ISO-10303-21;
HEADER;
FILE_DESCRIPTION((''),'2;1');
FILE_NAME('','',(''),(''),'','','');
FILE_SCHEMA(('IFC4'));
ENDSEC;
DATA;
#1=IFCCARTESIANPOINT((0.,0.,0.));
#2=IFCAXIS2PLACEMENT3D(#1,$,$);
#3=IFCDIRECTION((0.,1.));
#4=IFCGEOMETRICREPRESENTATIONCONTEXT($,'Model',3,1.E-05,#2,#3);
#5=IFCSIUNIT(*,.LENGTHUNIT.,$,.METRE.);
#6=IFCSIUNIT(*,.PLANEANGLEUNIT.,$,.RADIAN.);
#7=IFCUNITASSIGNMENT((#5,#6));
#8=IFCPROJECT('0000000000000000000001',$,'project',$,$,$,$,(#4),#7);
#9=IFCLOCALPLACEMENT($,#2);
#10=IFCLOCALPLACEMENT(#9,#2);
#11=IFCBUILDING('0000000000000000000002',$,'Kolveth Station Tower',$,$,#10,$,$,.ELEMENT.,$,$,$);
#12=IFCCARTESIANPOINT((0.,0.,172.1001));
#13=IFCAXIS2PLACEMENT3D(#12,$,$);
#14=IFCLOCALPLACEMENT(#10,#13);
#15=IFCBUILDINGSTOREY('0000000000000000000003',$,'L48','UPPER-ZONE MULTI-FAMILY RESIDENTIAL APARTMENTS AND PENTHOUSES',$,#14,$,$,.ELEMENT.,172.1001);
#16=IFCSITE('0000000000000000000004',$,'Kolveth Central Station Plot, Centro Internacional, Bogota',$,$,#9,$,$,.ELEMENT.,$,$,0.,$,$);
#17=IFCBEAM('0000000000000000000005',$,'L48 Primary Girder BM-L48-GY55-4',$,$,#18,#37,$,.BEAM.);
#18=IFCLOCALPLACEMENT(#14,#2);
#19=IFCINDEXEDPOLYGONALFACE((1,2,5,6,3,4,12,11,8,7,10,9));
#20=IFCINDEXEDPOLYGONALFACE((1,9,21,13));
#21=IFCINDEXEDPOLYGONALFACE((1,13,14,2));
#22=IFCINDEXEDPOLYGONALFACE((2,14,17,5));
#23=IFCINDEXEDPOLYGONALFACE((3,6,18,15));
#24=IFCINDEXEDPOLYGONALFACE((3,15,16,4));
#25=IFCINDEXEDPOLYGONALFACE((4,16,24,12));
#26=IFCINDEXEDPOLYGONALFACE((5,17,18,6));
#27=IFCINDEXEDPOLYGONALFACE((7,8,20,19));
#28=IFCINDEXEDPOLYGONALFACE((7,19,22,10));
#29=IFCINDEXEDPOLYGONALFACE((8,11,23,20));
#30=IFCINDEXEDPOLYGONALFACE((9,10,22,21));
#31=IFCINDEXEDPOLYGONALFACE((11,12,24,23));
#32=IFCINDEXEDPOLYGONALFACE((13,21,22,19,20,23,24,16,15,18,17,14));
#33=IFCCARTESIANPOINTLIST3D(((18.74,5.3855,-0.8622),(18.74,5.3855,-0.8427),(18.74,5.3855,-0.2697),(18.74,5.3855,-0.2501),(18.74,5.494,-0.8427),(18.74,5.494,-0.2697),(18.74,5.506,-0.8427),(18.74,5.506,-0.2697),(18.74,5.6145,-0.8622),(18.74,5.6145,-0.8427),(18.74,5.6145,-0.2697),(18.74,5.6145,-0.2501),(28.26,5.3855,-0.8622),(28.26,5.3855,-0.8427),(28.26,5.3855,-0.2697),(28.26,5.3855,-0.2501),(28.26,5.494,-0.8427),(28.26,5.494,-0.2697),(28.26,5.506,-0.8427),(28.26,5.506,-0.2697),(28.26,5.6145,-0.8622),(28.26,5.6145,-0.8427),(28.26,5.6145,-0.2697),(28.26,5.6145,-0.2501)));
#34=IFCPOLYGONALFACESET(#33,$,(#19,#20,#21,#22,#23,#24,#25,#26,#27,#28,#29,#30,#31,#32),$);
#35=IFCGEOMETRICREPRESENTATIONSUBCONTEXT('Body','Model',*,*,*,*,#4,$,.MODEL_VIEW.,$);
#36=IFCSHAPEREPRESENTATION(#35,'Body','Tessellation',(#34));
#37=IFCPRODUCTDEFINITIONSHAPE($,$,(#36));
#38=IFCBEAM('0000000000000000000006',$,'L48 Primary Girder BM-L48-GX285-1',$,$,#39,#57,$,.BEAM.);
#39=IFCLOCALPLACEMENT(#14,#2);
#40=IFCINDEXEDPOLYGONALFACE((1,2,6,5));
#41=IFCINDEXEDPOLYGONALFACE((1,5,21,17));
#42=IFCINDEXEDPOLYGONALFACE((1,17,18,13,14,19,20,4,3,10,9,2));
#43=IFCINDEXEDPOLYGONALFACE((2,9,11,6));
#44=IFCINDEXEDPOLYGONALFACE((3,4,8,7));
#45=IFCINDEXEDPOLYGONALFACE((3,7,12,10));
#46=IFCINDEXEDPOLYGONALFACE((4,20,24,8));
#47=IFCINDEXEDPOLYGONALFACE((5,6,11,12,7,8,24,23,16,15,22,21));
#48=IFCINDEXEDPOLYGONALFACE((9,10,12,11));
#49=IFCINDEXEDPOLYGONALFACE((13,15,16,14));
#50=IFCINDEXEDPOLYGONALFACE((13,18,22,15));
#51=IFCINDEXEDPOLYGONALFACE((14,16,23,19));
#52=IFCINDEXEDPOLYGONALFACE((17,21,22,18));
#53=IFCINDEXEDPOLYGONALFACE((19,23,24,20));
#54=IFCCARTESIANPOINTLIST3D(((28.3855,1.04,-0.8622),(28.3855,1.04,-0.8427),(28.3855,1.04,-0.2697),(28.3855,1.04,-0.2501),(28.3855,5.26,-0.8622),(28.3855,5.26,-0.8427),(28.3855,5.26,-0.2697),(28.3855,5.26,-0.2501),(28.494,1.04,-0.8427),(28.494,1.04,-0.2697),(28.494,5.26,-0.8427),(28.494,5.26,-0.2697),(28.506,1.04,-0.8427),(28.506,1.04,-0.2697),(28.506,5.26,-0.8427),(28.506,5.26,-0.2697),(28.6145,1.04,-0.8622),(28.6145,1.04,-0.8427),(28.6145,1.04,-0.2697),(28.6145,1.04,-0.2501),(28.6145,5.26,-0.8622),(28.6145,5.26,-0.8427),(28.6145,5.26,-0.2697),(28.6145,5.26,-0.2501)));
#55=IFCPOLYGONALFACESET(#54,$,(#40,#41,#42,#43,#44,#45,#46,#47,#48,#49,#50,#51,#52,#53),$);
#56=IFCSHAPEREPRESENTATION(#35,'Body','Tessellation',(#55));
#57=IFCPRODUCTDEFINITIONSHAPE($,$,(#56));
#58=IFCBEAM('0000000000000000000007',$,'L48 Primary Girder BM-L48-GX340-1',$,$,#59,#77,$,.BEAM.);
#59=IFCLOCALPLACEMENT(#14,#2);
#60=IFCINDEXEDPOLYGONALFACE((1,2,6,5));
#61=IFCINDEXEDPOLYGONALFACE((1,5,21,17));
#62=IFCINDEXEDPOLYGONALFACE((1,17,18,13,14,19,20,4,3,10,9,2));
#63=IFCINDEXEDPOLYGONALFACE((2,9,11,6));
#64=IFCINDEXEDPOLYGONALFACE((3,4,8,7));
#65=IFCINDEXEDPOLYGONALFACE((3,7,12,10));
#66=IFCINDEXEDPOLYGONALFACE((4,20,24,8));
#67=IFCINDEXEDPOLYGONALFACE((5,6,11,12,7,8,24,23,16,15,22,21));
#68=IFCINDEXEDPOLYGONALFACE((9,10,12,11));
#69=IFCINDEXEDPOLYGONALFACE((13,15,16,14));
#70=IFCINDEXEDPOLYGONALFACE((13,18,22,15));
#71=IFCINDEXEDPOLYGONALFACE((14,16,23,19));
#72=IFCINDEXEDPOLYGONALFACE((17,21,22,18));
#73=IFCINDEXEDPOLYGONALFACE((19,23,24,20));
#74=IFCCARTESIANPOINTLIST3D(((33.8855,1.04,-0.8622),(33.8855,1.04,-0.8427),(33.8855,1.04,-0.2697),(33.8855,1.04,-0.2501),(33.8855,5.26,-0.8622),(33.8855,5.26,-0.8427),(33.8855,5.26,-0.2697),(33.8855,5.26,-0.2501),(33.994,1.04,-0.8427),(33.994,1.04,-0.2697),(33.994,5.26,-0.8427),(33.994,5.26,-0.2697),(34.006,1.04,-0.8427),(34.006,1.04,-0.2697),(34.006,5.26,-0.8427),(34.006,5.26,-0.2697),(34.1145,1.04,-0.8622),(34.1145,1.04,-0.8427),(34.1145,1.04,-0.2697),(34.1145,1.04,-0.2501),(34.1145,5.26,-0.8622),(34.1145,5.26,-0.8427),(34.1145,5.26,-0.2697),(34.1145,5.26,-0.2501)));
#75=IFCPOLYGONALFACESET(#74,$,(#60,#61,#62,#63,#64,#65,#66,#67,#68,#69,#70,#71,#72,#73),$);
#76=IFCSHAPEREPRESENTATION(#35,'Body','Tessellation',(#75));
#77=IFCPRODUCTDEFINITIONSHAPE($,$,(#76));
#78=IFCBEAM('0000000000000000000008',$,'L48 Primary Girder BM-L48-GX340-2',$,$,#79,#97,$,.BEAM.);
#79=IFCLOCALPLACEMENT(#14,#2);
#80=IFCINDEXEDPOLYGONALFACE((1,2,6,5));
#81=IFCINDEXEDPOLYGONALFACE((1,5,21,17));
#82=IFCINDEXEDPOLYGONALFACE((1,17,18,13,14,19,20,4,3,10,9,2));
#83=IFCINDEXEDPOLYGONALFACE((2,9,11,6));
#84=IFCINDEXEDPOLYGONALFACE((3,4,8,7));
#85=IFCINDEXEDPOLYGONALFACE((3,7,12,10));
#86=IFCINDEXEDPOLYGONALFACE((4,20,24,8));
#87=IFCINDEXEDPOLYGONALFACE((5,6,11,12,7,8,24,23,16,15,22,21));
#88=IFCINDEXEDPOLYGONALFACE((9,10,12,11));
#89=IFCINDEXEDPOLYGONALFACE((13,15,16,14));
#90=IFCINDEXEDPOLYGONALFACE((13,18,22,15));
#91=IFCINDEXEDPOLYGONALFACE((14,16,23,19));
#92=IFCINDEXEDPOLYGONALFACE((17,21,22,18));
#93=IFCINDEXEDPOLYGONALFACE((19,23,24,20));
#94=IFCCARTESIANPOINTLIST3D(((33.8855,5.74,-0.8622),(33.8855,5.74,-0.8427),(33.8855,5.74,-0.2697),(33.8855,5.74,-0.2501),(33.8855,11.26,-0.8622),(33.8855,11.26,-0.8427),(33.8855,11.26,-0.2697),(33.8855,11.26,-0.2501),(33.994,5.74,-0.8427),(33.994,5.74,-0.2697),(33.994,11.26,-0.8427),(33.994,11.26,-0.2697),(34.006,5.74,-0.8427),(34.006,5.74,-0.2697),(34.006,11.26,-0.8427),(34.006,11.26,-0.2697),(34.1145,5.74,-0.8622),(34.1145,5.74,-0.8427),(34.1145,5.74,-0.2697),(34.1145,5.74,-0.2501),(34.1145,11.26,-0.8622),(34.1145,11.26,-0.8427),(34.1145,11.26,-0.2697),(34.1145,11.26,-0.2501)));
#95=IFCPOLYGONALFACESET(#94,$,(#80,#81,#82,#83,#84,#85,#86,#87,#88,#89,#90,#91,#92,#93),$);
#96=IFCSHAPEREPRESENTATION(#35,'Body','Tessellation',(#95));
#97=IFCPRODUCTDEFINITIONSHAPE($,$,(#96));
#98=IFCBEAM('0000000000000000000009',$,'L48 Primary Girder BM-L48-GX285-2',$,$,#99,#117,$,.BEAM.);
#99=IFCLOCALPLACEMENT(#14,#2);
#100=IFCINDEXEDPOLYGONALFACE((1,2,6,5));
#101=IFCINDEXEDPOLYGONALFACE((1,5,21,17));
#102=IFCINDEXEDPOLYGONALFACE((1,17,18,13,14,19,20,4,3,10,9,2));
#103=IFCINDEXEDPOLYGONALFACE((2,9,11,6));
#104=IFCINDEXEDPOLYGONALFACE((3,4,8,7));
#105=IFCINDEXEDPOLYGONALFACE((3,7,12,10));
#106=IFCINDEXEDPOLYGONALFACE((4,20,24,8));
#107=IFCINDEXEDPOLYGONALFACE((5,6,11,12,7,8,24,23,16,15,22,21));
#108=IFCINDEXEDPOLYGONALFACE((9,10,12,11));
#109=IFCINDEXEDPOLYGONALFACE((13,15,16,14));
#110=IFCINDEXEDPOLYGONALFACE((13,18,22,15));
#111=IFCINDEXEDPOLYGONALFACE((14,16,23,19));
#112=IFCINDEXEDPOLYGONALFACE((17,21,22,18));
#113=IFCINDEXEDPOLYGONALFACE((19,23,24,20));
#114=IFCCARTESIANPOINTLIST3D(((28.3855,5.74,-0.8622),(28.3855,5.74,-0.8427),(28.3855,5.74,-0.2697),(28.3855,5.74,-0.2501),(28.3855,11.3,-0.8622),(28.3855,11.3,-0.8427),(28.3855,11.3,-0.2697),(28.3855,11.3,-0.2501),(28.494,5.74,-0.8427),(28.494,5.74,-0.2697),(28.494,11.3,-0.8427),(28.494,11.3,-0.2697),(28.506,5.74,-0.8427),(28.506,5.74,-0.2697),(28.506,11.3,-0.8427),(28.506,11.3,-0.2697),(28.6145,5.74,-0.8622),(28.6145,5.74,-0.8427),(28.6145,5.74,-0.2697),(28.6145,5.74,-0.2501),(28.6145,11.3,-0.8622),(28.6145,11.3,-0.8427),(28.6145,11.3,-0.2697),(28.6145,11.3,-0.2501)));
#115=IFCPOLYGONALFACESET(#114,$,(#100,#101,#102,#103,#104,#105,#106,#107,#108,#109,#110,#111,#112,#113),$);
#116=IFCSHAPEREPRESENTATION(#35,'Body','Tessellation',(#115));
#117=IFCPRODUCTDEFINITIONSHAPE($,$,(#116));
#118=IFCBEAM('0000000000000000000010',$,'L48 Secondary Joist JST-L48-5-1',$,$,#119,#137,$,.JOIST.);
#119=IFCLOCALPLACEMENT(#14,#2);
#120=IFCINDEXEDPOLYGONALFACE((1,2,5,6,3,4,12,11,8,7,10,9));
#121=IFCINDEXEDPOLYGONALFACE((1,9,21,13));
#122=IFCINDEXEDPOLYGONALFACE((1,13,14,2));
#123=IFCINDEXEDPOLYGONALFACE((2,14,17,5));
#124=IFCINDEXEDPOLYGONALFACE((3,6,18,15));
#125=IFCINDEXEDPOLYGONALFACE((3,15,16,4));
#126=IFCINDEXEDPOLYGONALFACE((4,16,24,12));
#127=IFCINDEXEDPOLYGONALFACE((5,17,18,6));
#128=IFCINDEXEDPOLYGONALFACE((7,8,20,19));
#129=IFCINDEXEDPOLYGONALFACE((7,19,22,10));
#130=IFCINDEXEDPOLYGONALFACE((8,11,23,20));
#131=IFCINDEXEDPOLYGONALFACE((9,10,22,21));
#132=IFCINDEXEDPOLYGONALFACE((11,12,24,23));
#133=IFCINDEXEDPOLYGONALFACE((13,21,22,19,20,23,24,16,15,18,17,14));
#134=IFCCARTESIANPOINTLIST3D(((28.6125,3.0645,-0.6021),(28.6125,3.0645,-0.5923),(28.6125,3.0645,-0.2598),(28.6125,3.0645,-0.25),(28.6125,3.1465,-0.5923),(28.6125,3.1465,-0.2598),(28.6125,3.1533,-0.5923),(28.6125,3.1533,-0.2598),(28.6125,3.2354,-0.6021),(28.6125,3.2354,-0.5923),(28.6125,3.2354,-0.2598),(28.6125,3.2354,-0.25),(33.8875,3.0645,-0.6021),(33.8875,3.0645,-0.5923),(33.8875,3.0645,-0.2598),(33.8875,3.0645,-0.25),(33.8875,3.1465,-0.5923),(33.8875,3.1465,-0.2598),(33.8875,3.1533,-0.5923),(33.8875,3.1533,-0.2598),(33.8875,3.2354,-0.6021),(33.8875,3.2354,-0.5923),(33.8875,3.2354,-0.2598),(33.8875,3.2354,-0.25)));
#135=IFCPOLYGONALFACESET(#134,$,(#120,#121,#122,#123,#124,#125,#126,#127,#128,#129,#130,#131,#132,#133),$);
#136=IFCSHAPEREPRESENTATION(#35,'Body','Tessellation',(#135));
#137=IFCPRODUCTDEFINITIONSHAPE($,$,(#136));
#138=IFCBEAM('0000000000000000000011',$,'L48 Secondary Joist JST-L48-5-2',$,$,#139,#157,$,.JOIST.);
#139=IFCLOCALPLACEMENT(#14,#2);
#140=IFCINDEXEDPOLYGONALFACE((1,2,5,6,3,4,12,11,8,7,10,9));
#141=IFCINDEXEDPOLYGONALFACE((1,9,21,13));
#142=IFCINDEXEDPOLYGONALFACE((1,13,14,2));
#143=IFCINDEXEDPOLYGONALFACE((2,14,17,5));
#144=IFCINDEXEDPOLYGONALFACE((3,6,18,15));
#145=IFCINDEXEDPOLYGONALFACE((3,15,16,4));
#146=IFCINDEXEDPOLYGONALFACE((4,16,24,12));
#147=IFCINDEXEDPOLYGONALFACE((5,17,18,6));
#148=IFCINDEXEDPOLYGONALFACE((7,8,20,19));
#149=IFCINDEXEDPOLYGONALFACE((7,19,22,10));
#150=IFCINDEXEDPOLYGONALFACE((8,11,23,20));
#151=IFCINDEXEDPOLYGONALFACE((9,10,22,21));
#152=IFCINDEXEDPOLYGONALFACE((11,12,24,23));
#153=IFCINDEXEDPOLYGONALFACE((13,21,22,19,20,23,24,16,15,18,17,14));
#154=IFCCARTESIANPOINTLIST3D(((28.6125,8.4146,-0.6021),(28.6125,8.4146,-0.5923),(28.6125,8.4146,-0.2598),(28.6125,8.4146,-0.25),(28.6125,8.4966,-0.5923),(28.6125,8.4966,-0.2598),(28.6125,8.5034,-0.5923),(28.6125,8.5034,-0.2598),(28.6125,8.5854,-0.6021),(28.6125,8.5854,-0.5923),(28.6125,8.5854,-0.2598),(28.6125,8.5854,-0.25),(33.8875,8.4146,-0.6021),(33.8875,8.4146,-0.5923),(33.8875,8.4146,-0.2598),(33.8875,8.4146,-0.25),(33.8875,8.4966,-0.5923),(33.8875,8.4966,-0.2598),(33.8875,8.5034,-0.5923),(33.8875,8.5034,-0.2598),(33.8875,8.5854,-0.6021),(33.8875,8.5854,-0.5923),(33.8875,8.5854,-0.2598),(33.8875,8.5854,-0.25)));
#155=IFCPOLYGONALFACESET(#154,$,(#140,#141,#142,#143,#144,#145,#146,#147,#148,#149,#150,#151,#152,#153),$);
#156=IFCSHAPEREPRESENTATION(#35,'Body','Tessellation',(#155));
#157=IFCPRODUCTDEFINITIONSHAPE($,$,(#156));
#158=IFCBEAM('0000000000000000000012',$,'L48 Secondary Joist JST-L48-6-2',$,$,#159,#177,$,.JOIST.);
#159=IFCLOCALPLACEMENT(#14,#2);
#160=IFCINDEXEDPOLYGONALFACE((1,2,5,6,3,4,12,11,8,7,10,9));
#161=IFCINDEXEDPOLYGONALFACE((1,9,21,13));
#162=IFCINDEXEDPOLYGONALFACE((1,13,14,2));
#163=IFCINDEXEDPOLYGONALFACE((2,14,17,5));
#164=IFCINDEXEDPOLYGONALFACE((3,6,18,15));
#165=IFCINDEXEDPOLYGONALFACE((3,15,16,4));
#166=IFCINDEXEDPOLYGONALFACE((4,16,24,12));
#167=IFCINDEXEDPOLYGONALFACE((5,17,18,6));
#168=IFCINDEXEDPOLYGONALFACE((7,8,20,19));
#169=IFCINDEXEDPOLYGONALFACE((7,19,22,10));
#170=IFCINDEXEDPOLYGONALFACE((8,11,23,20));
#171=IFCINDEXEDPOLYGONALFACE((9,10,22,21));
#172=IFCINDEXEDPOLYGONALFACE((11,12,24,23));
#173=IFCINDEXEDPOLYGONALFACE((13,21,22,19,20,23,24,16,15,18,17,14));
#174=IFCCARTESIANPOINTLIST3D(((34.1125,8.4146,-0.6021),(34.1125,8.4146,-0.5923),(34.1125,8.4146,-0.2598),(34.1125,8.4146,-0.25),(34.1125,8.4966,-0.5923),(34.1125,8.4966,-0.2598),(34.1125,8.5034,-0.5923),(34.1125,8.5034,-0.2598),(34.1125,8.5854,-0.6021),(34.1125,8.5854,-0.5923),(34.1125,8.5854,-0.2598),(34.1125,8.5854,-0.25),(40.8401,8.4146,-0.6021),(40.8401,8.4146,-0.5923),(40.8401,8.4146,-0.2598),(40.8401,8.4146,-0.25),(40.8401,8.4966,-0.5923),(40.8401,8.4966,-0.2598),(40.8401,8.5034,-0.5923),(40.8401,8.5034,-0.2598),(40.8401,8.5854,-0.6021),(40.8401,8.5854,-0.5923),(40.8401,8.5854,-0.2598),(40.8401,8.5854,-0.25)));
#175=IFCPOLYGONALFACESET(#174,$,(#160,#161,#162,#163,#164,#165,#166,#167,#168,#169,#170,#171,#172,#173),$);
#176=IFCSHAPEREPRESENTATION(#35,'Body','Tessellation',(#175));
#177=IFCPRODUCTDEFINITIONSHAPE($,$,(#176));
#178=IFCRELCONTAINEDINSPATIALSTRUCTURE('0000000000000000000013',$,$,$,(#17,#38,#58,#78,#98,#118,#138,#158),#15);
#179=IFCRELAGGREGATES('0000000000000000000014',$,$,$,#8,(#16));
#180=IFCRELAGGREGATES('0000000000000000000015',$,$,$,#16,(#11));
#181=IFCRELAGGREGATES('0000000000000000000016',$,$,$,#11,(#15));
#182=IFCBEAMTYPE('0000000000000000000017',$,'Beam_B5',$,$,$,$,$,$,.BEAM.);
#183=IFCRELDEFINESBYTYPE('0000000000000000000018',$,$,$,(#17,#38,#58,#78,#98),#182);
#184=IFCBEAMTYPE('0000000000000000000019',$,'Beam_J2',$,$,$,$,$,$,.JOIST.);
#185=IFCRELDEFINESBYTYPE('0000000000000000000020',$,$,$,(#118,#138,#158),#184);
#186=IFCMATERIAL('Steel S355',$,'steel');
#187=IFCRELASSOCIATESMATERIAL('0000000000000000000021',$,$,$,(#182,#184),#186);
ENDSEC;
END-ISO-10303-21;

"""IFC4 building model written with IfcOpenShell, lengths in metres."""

from ifc_helpers import new_model, si_unit, direction, frame, origin, origin_2d, place, context, subcontext, project, spatial, i_section, extrude, source, transform, mapped, material, material_profile, profile_set, type_object, element, save


model = new_model("IFC4")

# Units and contexts
model_context = context("Model", 3, precision=1e-05, world=origin(), true_north=direction((0.0, 1.0)))
body_context = subcontext(model_context, "Body", "Model", "MODEL_VIEW")
ifc_project = project(units=[si_unit("LENGTHUNIT", "METRE"), si_unit("PLANEANGLEUNIT", "RADIAN")], contexts=[model_context])

# Site, building, storey
site_placement = place(None, origin())
site = spatial("IfcSite", under=ifc_project, at=site_placement, Name="Kolveth Central Station Plot, Centro Internacional, Bogota", CompositionType="ELEMENT", RefElevation=0.0)
building_placement = place(site_placement, origin())
building = spatial("IfcBuilding", under=site, at=building_placement, Name="Kolveth Station Tower", CompositionType="ELEMENT")
storey_placement = place(building_placement, frame((0.0, 0.0, 172.1001)))
storey = spatial("IfcBuildingStorey", under=building, at=storey_placement, Name="L48", Description="UPPER-ZONE MULTI-FAMILY RESIDENTIAL APARTMENTS AND PENTHOUSES", CompositionType="ELEMENT", Elevation=172.1001)

# Shared definitions
ifc_material_1 = material(Name="Steel S355", Category="steel")

# Beams
ifc_material_profile_1 = material_profile(ifc_material_1, i_section(OverallWidth=0.229, OverallDepth=0.6121, WebThickness=0.012, FlangeThickness=0.0195, at=origin_2d()), Name="W610x125")
ifc_profile_set_1 = profile_set([ifc_material_profile_1], Name="Steel S355")
beam_type_1 = type_object("IfcBeamType", Name="Beam_B5", PredefinedType="BEAM", material=ifc_profile_set_1)
shared_shape_1 = source(origin(), body_context, "Body", "SweptSolid", [
    extrude(i_section(OverallWidth=0.229, OverallDepth=0.6121, WebThickness=0.012, FlangeThickness=0.0195, at=origin_2d()), origin(), (0.0, 0.0, 1.0), 9.52),
])
beam_1_placement = place(storey_placement, frame((18.74, 5.5, -0.5562), z_axis=(1.0, 0.0, 0.0), x_axis=(0.0, 1.0, 0.0)))
element("IfcBeam", 1, at=beam_1_placement, inside=storey, type_object=beam_type_1, Name="L48 Primary Girder BM-L48-GY55-4", PredefinedType="BEAM", context=body_context, shape_type="MappedRepresentation", body=[
    mapped(shared_shape_1, transform((0.0, 0.0, 0.0), x_axis=(1.0, 0.0, 0.0), y_axis=(0.0, 1.0, 0.0), z_axis=(0.0, 0.0, 1.0), scale=1.0)),
])
shared_shape_2 = source(origin(), body_context, "Body", "SweptSolid", [
    extrude(i_section(OverallWidth=0.229, OverallDepth=0.6121, WebThickness=0.012, FlangeThickness=0.0195, at=origin_2d()), origin(), (0.0, 0.0, 1.0), 4.22),
])
for number, where, z_axis, x_axis, name in (
    (2, (28.5, 1.04, -0.5562), (0.0, 1.0, 0.0), (-1.0, 0.0, 0.0), "L48 Primary Girder BM-L48-GX285-1"),
    (3, (34.0, 1.04, -0.5562), (0.0, 1.0, 0.0), (-1.0, 0.0, 0.0), "L48 Primary Girder BM-L48-GX340-1"),
):
    element("IfcBeam", number, at=place(storey_placement, frame(where, z_axis=z_axis, x_axis=x_axis)), inside=storey, type_object=beam_type_1, Name=name, PredefinedType="BEAM", context=body_context, shape_type="MappedRepresentation", body=[
        mapped(shared_shape_2, transform((0.0, 0.0, 0.0), x_axis=(1.0, 0.0, 0.0), y_axis=(0.0, 1.0, 0.0), z_axis=(0.0, 0.0, 1.0), scale=1.0)),
    ])
shared_shape_3 = source(origin(), body_context, "Body", "SweptSolid", [
    extrude(i_section(OverallWidth=0.229, OverallDepth=0.6121, WebThickness=0.012, FlangeThickness=0.0195, at=origin_2d()), origin(), (0.0, 0.0, 1.0), 5.52),
])
beam_2_placement = place(storey_placement, frame((34.0, 5.74, -0.5562), z_axis=(0.0, 1.0, 0.0), x_axis=(-1.0, 0.0, 0.0)))
element("IfcBeam", 4, at=beam_2_placement, inside=storey, type_object=beam_type_1, Name="L48 Primary Girder BM-L48-GX340-2", PredefinedType="BEAM", context=body_context, shape_type="MappedRepresentation", body=[
    mapped(shared_shape_3, transform((0.0, 0.0, 0.0), x_axis=(1.0, 0.0, 0.0), y_axis=(0.0, 1.0, 0.0), z_axis=(0.0, 0.0, 1.0), scale=1.0)),
])
shared_shape_4 = source(origin(), body_context, "Body", "SweptSolid", [
    extrude(i_section(OverallWidth=0.229, OverallDepth=0.6121, WebThickness=0.012, FlangeThickness=0.0195, at=origin_2d()), origin(), (0.0, 0.0, 1.0), 5.5601),
])
beam_3_placement = place(storey_placement, frame((28.5, 5.74, -0.5562), z_axis=(0.0, 1.0, 0.0), x_axis=(-1.0, 0.0, 0.0)))
element("IfcBeam", 5, at=beam_3_placement, inside=storey, type_object=beam_type_1, Name="L48 Primary Girder BM-L48-GX285-2", PredefinedType="BEAM", context=body_context, shape_type="MappedRepresentation", body=[
    mapped(shared_shape_4, transform((0.0, 0.0, 0.0), x_axis=(1.0, 0.0, 0.0), y_axis=(0.0, 1.0, 0.0), z_axis=(0.0, 0.0, 1.0), scale=1.0)),
])
ifc_material_profile_2 = material_profile(ifc_material_1, i_section(OverallWidth=0.1709, OverallDepth=0.3521, WebThickness=0.0068, FlangeThickness=0.0098, at=origin_2d()), Name="W360x44")
ifc_profile_set_2 = profile_set([ifc_material_profile_2], Name="Steel S355")
beam_type_2 = type_object("IfcBeamType", Name="Beam_J2", PredefinedType="JOIST", material=ifc_profile_set_2)
shared_shape_5 = source(origin(), body_context, "Body", "SweptSolid", [
    extrude(i_section(OverallWidth=0.1709, OverallDepth=0.3521, WebThickness=0.0068, FlangeThickness=0.0098, at=origin_2d()), origin(), (0.0, 0.0, 1.0), 5.2749),
])
for number, where, z_axis, x_axis, name in (
    (6, (28.6125, 3.1499, -0.426), (1.0, 0.0, 0.0), (0.0, 1.0, 0.0), "L48 Secondary Joist JST-L48-5-1"),
    (7, (28.6125, 8.5, -0.426), (1.0, 0.0, 0.0), (0.0, 1.0, 0.0), "L48 Secondary Joist JST-L48-5-2"),
):
    element("IfcBeam", number, at=place(storey_placement, frame(where, z_axis=z_axis, x_axis=x_axis)), inside=storey, type_object=beam_type_2, Name=name, PredefinedType="JOIST", context=body_context, shape_type="MappedRepresentation", body=[
        mapped(shared_shape_5, transform((0.0, 0.0, 0.0), x_axis=(1.0, 0.0, 0.0), y_axis=(0.0, 1.0, 0.0), z_axis=(0.0, 0.0, 1.0), scale=1.0)),
    ])
shared_shape_6 = source(origin(), body_context, "Body", "SweptSolid", [
    extrude(i_section(OverallWidth=0.1709, OverallDepth=0.3521, WebThickness=0.0068, FlangeThickness=0.0098, at=origin_2d()), origin(), (0.0, 0.0, 1.0), 6.7275),
])
beam_4_placement = place(storey_placement, frame((34.1125, 8.5, -0.426), z_axis=(1.0, 0.0, 0.0), x_axis=(0.0, 1.0, 0.0)))
element("IfcBeam", 8, at=beam_4_placement, inside=storey, type_object=beam_type_2, Name="L48 Secondary Joist JST-L48-6-2", PredefinedType="JOIST", context=body_context, shape_type="MappedRepresentation", body=[
    mapped(shared_shape_6, transform((0.0, 0.0, 0.0), x_axis=(1.0, 0.0, 0.0), y_axis=(0.0, 1.0, 0.0), z_axis=(0.0, 0.0, 1.0), scale=1.0)),
])

save(model, "model.ifc")
